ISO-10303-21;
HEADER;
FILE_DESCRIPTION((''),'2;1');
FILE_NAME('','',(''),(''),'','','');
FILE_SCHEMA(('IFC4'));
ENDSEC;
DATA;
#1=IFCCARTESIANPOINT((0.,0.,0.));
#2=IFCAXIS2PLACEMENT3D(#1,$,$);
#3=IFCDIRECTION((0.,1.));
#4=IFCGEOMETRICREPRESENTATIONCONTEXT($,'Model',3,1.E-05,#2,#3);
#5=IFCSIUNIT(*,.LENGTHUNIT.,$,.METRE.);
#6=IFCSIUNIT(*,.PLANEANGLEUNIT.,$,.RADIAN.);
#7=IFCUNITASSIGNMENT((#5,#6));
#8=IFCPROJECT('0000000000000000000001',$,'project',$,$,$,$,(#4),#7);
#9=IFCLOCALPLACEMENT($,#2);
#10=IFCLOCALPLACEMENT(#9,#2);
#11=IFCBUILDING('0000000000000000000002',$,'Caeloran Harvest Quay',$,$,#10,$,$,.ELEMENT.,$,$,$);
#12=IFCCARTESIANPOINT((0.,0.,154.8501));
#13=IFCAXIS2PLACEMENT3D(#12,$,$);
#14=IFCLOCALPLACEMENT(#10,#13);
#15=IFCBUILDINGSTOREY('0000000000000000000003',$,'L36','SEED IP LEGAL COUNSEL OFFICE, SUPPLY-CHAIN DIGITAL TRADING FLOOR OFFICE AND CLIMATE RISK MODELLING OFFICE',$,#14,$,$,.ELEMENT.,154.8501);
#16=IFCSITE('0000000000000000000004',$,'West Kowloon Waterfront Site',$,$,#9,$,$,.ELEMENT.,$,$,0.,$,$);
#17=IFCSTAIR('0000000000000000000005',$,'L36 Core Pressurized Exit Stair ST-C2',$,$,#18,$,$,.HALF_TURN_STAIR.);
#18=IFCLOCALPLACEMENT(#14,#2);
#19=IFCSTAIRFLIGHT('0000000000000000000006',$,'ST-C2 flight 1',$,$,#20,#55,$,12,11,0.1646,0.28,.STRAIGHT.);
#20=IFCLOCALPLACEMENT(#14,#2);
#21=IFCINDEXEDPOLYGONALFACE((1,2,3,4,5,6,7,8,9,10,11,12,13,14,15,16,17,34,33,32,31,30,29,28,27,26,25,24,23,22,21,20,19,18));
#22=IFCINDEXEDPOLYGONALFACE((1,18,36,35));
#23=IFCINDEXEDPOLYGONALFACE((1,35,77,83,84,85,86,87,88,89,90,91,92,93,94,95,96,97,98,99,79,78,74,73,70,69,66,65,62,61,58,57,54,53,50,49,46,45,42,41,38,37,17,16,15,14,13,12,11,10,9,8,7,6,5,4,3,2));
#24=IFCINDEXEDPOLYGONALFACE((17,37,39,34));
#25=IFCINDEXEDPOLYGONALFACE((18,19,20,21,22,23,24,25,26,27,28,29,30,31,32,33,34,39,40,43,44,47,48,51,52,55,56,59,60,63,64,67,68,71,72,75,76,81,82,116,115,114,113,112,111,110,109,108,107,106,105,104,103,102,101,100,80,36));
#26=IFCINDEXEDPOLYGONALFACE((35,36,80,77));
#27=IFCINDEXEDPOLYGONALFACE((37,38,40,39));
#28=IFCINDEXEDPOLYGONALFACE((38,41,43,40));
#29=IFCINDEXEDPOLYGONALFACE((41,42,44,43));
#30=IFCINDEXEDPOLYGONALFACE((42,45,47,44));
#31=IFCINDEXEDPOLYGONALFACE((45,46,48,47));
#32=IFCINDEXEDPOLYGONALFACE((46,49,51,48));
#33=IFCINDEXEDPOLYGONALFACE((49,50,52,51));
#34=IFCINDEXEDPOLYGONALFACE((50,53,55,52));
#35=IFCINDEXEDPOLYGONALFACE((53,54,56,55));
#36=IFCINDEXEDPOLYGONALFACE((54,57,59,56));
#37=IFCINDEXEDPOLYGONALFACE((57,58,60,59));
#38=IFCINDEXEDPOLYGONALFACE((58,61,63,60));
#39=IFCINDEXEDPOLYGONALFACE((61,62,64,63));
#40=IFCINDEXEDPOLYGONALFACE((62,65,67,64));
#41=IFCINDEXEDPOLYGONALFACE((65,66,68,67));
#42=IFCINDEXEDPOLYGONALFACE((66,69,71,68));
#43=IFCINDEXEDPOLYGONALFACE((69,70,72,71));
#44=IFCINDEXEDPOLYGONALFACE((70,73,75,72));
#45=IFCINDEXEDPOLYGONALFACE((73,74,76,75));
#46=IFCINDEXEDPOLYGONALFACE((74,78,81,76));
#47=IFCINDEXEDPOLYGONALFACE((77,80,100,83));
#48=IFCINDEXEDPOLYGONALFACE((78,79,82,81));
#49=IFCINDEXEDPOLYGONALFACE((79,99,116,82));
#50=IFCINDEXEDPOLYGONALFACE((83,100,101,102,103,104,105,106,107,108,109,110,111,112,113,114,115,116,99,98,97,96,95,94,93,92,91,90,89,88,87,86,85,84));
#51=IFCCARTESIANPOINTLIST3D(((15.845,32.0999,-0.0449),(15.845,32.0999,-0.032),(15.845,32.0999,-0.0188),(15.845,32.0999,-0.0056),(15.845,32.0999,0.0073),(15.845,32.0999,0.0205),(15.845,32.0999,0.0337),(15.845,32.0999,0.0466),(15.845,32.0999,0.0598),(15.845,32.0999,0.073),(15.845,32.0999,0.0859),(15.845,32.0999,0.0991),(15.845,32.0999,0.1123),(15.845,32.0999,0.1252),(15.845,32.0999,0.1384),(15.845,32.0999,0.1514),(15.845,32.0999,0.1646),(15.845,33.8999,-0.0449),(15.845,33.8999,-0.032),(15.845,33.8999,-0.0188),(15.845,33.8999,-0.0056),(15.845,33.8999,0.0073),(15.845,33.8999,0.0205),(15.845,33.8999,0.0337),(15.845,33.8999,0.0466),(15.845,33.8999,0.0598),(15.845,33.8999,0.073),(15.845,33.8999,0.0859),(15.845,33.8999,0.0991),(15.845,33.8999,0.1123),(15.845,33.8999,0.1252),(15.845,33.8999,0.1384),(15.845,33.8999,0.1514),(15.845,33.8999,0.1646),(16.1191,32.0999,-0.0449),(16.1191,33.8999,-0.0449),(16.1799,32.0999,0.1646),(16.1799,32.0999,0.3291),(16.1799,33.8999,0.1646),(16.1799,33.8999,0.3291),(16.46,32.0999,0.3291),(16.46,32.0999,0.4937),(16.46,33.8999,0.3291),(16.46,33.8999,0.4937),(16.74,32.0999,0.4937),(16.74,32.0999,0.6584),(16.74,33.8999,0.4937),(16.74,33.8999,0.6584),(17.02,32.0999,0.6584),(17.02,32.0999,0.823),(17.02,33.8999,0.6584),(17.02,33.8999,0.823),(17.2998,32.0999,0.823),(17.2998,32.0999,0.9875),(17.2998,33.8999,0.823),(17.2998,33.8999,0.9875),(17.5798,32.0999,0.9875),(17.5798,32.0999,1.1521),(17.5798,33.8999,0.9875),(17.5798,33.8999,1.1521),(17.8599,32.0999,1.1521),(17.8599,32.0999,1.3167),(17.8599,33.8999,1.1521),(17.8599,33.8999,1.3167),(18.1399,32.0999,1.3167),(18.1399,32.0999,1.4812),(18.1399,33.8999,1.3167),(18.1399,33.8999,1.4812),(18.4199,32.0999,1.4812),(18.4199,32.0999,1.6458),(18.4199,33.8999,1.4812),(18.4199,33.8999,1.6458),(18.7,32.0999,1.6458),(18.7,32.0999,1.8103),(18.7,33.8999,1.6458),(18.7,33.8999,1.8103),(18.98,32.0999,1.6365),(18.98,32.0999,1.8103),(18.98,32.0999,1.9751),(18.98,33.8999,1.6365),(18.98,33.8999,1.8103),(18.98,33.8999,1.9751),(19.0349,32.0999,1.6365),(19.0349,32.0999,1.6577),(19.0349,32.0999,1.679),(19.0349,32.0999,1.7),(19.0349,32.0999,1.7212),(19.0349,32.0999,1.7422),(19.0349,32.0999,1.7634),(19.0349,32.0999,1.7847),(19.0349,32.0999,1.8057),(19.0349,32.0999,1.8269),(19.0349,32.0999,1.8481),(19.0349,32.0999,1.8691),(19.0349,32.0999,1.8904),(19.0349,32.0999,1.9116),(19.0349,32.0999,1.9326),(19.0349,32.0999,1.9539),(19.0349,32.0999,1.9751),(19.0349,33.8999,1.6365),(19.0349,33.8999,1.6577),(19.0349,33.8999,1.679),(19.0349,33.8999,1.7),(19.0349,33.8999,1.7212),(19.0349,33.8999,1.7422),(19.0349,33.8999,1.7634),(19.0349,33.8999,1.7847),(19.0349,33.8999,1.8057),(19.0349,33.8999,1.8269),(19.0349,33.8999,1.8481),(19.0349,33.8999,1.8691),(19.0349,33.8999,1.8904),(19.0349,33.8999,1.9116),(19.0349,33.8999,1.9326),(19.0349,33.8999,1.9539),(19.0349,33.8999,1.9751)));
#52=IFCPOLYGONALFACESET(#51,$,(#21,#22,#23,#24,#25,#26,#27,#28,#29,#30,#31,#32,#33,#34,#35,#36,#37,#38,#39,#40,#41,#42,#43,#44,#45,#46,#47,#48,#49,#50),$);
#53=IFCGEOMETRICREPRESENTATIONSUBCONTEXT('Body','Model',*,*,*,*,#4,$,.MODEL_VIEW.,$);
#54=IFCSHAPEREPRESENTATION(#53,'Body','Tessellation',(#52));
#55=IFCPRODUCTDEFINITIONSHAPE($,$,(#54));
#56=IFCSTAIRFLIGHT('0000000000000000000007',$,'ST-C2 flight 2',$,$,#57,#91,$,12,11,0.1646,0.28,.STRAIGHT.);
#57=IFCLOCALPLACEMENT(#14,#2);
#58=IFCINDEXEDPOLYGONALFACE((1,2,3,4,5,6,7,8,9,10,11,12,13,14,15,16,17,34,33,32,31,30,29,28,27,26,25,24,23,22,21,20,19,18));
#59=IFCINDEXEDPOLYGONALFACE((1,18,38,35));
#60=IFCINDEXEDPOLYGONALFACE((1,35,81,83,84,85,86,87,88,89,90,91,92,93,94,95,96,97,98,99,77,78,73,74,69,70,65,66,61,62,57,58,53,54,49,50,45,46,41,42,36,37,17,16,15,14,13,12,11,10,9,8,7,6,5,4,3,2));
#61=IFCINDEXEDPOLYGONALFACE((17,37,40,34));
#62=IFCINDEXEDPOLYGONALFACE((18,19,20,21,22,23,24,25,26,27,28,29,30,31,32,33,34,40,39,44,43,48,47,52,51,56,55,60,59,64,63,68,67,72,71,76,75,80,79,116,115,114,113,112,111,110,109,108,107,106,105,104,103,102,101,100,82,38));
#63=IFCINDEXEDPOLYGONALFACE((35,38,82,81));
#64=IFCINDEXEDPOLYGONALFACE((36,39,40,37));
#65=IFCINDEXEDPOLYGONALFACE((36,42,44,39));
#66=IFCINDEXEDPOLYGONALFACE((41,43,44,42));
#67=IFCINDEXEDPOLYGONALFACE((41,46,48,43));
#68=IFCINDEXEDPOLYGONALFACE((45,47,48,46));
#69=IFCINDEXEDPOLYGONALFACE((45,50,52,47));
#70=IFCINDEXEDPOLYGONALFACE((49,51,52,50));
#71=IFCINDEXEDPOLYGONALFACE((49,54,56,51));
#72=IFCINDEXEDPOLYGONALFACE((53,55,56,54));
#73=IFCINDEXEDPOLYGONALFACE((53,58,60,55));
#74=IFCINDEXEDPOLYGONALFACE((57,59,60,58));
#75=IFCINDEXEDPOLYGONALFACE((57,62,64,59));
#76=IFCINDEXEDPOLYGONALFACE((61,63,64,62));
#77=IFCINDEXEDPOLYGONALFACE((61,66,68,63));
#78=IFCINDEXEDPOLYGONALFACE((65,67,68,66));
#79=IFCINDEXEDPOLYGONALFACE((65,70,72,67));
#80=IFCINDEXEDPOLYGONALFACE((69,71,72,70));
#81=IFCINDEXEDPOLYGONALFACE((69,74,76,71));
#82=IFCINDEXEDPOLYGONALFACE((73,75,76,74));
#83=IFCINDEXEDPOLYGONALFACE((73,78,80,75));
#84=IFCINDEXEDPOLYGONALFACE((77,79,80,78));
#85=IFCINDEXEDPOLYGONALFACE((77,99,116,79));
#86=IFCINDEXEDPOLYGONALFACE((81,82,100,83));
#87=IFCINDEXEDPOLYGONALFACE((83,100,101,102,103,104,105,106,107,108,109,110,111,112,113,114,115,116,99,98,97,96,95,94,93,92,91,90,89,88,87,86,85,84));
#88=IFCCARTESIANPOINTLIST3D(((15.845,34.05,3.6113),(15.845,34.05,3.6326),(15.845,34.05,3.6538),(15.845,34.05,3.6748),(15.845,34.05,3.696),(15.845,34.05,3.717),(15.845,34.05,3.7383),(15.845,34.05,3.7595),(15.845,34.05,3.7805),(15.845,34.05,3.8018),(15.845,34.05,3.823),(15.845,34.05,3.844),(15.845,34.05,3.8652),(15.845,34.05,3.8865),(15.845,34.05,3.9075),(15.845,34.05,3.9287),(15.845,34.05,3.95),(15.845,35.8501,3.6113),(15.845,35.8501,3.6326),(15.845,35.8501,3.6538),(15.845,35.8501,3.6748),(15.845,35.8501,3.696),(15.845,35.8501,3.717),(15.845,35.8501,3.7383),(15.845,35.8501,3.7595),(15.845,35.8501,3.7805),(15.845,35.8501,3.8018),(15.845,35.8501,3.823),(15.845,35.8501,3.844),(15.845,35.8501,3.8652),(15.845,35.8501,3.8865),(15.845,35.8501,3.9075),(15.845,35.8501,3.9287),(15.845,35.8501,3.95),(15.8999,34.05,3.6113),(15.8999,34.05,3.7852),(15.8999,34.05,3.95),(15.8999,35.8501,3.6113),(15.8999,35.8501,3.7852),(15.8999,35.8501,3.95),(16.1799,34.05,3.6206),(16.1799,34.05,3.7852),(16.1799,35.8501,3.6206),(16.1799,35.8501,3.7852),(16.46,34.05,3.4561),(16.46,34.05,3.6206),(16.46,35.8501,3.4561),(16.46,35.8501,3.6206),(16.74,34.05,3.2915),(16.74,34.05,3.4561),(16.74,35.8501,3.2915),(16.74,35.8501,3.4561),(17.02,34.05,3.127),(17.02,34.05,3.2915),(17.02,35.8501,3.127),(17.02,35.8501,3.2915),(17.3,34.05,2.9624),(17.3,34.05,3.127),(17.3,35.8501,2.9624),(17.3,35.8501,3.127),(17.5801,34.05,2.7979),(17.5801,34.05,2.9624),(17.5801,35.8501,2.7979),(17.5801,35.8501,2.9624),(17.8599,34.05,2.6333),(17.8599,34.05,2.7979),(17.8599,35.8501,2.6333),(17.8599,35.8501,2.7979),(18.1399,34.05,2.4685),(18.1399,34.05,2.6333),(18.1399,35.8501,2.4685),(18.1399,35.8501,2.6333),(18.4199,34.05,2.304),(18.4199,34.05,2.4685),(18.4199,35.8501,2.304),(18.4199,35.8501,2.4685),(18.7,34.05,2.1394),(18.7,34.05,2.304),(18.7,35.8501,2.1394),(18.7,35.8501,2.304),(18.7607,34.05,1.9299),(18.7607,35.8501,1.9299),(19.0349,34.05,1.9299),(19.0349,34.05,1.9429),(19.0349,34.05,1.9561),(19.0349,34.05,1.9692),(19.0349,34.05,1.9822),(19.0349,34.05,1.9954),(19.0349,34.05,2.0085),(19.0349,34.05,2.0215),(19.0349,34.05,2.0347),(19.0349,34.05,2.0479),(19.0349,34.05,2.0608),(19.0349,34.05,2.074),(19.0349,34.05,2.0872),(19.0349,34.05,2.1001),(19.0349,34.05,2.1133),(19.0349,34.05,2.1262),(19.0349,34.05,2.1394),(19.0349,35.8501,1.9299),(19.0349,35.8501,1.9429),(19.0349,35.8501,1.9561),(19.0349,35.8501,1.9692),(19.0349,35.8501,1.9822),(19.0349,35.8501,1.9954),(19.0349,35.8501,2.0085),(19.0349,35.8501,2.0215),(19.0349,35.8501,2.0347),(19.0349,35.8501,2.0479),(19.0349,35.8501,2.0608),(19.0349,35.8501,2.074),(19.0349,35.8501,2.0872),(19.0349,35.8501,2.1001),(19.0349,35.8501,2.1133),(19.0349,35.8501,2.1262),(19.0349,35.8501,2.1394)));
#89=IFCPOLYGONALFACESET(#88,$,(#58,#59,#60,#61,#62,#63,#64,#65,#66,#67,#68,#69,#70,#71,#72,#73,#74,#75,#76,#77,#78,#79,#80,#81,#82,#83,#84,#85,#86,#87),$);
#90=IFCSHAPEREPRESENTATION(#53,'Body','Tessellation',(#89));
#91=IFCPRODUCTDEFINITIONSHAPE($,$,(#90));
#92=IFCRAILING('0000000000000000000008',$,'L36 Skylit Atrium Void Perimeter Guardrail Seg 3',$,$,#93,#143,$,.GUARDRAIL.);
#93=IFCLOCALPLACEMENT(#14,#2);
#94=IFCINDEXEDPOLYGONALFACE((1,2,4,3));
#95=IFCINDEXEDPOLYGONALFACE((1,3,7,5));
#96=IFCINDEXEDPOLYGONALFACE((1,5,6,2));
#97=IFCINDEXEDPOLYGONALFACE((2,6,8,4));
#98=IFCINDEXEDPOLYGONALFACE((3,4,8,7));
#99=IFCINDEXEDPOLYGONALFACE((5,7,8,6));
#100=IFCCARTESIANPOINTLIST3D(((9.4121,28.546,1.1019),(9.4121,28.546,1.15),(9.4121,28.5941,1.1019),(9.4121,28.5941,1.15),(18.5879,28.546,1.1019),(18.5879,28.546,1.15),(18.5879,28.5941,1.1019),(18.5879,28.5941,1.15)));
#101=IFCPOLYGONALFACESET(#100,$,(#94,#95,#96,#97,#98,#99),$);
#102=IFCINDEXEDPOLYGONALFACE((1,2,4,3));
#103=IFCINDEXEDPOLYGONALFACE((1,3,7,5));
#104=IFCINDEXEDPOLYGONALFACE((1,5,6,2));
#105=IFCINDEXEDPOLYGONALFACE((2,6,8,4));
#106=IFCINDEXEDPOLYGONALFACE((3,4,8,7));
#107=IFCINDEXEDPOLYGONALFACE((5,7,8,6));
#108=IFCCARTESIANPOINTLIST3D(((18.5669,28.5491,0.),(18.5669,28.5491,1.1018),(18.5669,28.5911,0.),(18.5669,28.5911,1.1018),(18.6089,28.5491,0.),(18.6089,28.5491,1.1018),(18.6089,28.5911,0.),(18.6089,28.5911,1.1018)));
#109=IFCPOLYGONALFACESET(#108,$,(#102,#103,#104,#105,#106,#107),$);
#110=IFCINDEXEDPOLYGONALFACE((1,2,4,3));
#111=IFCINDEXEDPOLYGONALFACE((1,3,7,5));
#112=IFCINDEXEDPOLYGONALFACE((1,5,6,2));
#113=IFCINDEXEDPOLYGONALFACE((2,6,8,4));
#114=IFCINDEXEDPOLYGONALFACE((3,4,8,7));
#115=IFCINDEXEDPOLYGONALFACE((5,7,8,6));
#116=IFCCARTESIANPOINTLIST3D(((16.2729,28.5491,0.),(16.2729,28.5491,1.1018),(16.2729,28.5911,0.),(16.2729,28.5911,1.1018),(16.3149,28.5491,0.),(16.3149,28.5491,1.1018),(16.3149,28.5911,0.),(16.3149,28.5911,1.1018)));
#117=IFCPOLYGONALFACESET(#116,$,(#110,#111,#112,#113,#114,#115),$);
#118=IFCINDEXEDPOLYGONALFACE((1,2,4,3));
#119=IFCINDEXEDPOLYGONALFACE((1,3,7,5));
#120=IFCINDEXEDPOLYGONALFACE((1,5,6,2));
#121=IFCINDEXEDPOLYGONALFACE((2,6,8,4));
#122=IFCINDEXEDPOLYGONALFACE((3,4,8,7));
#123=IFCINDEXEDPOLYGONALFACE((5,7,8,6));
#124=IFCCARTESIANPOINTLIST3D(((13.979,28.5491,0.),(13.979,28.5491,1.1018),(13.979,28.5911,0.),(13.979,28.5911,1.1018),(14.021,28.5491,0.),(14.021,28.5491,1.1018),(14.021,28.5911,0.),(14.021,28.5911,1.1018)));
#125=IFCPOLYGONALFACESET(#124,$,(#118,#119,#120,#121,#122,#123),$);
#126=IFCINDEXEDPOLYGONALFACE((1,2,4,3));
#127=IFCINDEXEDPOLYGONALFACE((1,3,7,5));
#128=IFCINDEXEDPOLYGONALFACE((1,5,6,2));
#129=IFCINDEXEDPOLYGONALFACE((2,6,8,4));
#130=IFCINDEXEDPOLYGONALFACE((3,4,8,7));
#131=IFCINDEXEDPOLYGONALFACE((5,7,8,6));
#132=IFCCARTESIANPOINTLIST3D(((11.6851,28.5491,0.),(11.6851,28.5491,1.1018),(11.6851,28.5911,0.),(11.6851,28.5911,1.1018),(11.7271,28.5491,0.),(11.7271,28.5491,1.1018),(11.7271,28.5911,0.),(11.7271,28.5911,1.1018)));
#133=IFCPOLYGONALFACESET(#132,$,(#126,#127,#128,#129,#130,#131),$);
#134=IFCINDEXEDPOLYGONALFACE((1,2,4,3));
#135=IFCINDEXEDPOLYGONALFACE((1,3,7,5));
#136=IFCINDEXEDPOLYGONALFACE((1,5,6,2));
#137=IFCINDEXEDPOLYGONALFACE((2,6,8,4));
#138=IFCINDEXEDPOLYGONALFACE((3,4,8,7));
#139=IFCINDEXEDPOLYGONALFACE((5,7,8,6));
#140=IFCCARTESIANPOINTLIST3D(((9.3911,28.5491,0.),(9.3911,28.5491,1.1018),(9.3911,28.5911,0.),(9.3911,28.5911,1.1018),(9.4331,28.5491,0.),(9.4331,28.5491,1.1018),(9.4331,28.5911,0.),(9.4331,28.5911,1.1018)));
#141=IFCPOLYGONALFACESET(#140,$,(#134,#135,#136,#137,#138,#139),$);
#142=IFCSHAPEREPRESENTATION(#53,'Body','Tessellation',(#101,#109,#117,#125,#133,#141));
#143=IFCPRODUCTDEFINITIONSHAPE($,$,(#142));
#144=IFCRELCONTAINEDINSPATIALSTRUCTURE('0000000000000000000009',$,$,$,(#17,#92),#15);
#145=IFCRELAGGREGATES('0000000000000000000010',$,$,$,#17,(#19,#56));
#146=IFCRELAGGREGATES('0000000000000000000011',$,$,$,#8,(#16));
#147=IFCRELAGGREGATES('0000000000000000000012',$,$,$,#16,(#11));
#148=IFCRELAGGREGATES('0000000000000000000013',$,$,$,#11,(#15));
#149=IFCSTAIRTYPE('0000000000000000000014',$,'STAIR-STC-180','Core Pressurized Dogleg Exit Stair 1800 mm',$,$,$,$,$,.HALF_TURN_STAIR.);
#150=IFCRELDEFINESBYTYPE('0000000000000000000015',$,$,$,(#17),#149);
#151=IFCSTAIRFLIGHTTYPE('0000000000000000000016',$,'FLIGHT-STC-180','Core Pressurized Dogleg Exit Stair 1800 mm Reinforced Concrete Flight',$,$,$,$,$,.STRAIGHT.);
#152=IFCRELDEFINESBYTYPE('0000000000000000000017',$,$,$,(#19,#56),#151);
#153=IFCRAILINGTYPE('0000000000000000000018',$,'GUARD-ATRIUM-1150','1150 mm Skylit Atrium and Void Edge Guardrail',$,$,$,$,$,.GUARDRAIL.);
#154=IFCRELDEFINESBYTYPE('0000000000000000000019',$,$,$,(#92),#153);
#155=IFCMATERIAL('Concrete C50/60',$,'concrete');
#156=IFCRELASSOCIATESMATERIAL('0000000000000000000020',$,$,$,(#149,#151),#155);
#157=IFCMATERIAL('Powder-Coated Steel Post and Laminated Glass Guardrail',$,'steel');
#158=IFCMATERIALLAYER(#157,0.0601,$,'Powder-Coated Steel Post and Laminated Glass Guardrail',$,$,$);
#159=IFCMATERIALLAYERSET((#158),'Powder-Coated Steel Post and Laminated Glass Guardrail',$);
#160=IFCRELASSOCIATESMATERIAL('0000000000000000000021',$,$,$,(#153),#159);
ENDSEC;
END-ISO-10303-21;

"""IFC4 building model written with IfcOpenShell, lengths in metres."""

from ifc_helpers import new_model, si_unit, direction, frame, origin, origin_2d, place, context, subcontext, project, spatial, polyline, rectangle, outline, extrude, material, layer, layer_set, type_object, element, aggregate, save


model = new_model("IFC4")

# Units and contexts
model_context = context("Model", 3, precision=1e-05, world=origin(), true_north=direction((0.0, 1.0)))
body_context = subcontext(model_context, "Body", "Model", "MODEL_VIEW")
ifc_project = project(units=[si_unit("LENGTHUNIT", "METRE"), si_unit("PLANEANGLEUNIT", "RADIAN")], contexts=[model_context])

# Site, building, storey
site_placement = place(None, origin())
site = spatial("IfcSite", under=ifc_project, at=site_placement, Name="West Kowloon Waterfront Site", CompositionType="ELEMENT", RefElevation=0.0)
building_placement = place(site_placement, origin())
building = spatial("IfcBuilding", under=site, at=building_placement, Name="Caeloran Harvest Quay", CompositionType="ELEMENT")
storey_placement = place(building_placement, frame((0.0, 0.0, 154.8501)))
storey = spatial("IfcBuildingStorey", under=building, at=storey_placement, Name="L36", Description="SEED IP LEGAL COUNSEL OFFICE, SUPPLY-CHAIN DIGITAL TRADING FLOOR OFFICE AND CLIMATE RISK MODELLING OFFICE", CompositionType="ELEMENT", Elevation=154.8501)

# Stair, stair flights
ifc_material_1 = material(Name="Concrete C50/60", Category="concrete")
stair_type = type_object("IfcStairType", Name="STAIR-STC-180", Description="Core Pressurized Dogleg Exit Stair 1800 mm", PredefinedType="HALF_TURN_STAIR", material=ifc_material_1)
stair_placement = place(storey_placement, origin())
stair = element("IfcStair", 1, at=stair_placement, inside=storey, type_object=stair_type, Name="L36 Core Pressurized Exit Stair ST-C2", PredefinedType="HALF_TURN_STAIR")
stair_flight_type = type_object("IfcStairFlightType", Name="FLIGHT-STC-180", Description="Core Pressurized Dogleg Exit Stair 1800 mm Reinforced Concrete Flight", PredefinedType="STRAIGHT", material=ifc_material_1)
stair_flight_1_placement = place(storey_placement, frame((15.8999, 33.0, 0.0), z_axis=(0.0, 0.0, 1.0), x_axis=(1.0, 0.0, 0.0)))
stair_flight_1 = element("IfcStairFlight", 2, at=stair_flight_1_placement, type_object=stair_flight_type, Name="ST-C2 flight 1", NumberOfRisers=12, NumberOfTreads=11, PredefinedType="STRAIGHT", RiserHeight=0.1646, TreadLength=0.28, context=body_context, shape_type="SweptSolid", body=[
    extrude(outline(polyline([(-0.0549, -0.0449), (-0.0549, -0.032), (-0.0549, -0.0188), (-0.0549, -0.0056), (-0.0549, 0.0073), (-0.0549, 0.0205), (-0.0549, 0.0337), (-0.0549, 0.0466), (-0.0549, 0.0598), (-0.0549, 0.073), (-0.0549, 0.0859), (-0.0549, 0.0991), (-0.0549, 0.1123), (-0.0549, 0.1252), (-0.0549, 0.1384), (-0.0549, 0.1514), (-0.0549, 0.1646), (0.28, 0.1646), (0.28, 0.3291), (0.5601, 0.3291), (0.5601, 0.4937), (0.8401, 0.4937), (0.8401, 0.6584), (1.1201, 0.6584), (1.1201, 0.823), (1.3999, 0.823), (1.3999, 0.9875), (1.6799, 0.9875), (1.6799, 1.1521), (1.96, 1.1521), (1.96, 1.3167), (2.24, 1.3167), (2.24, 1.4812), (2.52, 1.4812), (2.52, 1.6458), (2.8, 1.6458), (2.8, 1.8103), (3.0801, 1.8103), (3.0801, 1.9751), (3.135, 1.9751), (3.135, 1.9539), (3.135, 1.9326), (3.135, 1.9116), (3.135, 1.8904), (3.135, 1.8691), (3.135, 1.8481), (3.135, 1.8269), (3.135, 1.8057), (3.135, 1.7847), (3.135, 1.7634), (3.135, 1.7422), (3.135, 1.7212), (3.135, 1.7), (3.135, 1.679), (3.135, 1.6577), (3.135, 1.6365), (3.0801, 1.6365), (0.2192, -0.0449), (-0.0549, -0.0449)])), frame((0.0, 0.8999, 0.0), z_axis=(0.0, -1.0, 0.0), x_axis=(1.0, 0.0, 0.0)), (0.0, 0.0, 1.0), 1.8),
])
stair_flight_2_placement = place(storey_placement, frame((18.98, 34.95, 1.9749), z_axis=(0.0, 0.0, 1.0), x_axis=(-1.0, 0.0, 0.0)))
stair_flight_2 = element("IfcStairFlight", 3, at=stair_flight_2_placement, type_object=stair_flight_type, Name="ST-C2 flight 2", NumberOfRisers=12, NumberOfTreads=11, PredefinedType="STRAIGHT", RiserHeight=0.1646, TreadLength=0.28, context=body_context, shape_type="SweptSolid", body=[
    extrude(outline(polyline([(-0.0549, -0.0449), (-0.0549, -0.032), (-0.0549, -0.0188), (-0.0549, -0.0056), (-0.0549, 0.0073), (-0.0549, 0.0205), (-0.0549, 0.0337), (-0.0549, 0.0466), (-0.0549, 0.0598), (-0.0549, 0.073), (-0.0549, 0.0859), (-0.0549, 0.0991), (-0.0549, 0.1123), (-0.0549, 0.1252), (-0.0549, 0.1384), (-0.0549, 0.1514), (-0.0549, 0.1646), (0.28, 0.1646), (0.28, 0.3291), (0.5601, 0.3291), (0.5601, 0.4937), (0.8401, 0.4937), (0.8401, 0.6584), (1.1201, 0.6584), (1.1201, 0.823), (1.3999, 0.823), (1.3999, 0.9875), (1.6799, 0.9875), (1.6799, 1.1521), (1.96, 1.1521), (1.96, 1.3167), (2.24, 1.3167), (2.24, 1.4812), (2.52, 1.4812), (2.52, 1.6458), (2.8, 1.6458), (2.8, 1.8103), (3.0801, 1.8103), (3.0801, 1.9751), (3.135, 1.9751), (3.135, 1.9539), (3.135, 1.9326), (3.135, 1.9116), (3.135, 1.8904), (3.135, 1.8691), (3.135, 1.8481), (3.135, 1.8269), (3.135, 1.8057), (3.135, 1.7847), (3.135, 1.7634), (3.135, 1.7422), (3.135, 1.7212), (3.135, 1.7), (3.135, 1.679), (3.135, 1.6577), (3.135, 1.6365), (3.0801, 1.6365), (0.2192, -0.0449), (-0.0549, -0.0449)])), frame((0.0, 0.8999, 0.0), z_axis=(0.0, -1.0, 0.0), x_axis=(1.0, 0.0, 0.0)), (0.0, 0.0, 1.0), 1.8),
])
aggregate(stair, [stair_flight_1, stair_flight_2])

# Railing
ifc_material_2 = material(Name="Powder-Coated Steel Post and Laminated Glass Guardrail", Category="steel")
ifc_layer_1 = layer(ifc_material_2, 0.0601, Name="Powder-Coated Steel Post and Laminated Glass Guardrail")
ifc_layer_set_1 = layer_set([ifc_layer_1], Name="Powder-Coated Steel Post and Laminated Glass Guardrail")
railing_type_1 = type_object("IfcRailingType", Name="GUARD-ATRIUM-1150", Description="1150 mm Skylit Atrium and Void Edge Guardrail", PredefinedType="GUARDRAIL", material=ifc_layer_set_1)
railing_1_placement = place(storey_placement, frame((18.5879, 28.5701, 0.0)))
element("IfcRailing", 4, at=railing_1_placement, inside=storey, type_object=railing_type_1, Name="L36 Skylit Atrium Void Perimeter Guardrail Seg 3", PredefinedType="GUARDRAIL", context=body_context, shape_type="SweptSolid", body=[
    extrude(rectangle(XDim=0.0481, YDim=0.0481, at=origin_2d()), frame((0.0, 0.0, 1.126), z_axis=(-1.0, 0.0, 0.0), x_axis=(0.0, -1.0, 0.0)), (0.0, 0.0, 1.0), 9.1758),
    extrude(rectangle(XDim=0.042, YDim=0.042, at=origin_2d()), origin(), (0.0, 0.0, 1.0), 1.1018),
    extrude(rectangle(XDim=0.042, YDim=0.042, at=origin_2d()), frame((-2.2939, 0.0, 0.0)), (0.0, 0.0, 1.0), 1.1018),
    extrude(rectangle(XDim=0.042, YDim=0.042, at=origin_2d()), frame((-4.5879, 0.0, 0.0)), (0.0, 0.0, 1.0), 1.1018),
    extrude(rectangle(XDim=0.042, YDim=0.042, at=origin_2d()), frame((-6.8818, 0.0, 0.0)), (0.0, 0.0, 1.0), 1.1018),
    extrude(rectangle(XDim=0.042, YDim=0.042, at=origin_2d()), frame((-9.1758, 0.0, 0.0)), (0.0, 0.0, 1.0), 1.1018),
])

save(model, "model.ifc")
